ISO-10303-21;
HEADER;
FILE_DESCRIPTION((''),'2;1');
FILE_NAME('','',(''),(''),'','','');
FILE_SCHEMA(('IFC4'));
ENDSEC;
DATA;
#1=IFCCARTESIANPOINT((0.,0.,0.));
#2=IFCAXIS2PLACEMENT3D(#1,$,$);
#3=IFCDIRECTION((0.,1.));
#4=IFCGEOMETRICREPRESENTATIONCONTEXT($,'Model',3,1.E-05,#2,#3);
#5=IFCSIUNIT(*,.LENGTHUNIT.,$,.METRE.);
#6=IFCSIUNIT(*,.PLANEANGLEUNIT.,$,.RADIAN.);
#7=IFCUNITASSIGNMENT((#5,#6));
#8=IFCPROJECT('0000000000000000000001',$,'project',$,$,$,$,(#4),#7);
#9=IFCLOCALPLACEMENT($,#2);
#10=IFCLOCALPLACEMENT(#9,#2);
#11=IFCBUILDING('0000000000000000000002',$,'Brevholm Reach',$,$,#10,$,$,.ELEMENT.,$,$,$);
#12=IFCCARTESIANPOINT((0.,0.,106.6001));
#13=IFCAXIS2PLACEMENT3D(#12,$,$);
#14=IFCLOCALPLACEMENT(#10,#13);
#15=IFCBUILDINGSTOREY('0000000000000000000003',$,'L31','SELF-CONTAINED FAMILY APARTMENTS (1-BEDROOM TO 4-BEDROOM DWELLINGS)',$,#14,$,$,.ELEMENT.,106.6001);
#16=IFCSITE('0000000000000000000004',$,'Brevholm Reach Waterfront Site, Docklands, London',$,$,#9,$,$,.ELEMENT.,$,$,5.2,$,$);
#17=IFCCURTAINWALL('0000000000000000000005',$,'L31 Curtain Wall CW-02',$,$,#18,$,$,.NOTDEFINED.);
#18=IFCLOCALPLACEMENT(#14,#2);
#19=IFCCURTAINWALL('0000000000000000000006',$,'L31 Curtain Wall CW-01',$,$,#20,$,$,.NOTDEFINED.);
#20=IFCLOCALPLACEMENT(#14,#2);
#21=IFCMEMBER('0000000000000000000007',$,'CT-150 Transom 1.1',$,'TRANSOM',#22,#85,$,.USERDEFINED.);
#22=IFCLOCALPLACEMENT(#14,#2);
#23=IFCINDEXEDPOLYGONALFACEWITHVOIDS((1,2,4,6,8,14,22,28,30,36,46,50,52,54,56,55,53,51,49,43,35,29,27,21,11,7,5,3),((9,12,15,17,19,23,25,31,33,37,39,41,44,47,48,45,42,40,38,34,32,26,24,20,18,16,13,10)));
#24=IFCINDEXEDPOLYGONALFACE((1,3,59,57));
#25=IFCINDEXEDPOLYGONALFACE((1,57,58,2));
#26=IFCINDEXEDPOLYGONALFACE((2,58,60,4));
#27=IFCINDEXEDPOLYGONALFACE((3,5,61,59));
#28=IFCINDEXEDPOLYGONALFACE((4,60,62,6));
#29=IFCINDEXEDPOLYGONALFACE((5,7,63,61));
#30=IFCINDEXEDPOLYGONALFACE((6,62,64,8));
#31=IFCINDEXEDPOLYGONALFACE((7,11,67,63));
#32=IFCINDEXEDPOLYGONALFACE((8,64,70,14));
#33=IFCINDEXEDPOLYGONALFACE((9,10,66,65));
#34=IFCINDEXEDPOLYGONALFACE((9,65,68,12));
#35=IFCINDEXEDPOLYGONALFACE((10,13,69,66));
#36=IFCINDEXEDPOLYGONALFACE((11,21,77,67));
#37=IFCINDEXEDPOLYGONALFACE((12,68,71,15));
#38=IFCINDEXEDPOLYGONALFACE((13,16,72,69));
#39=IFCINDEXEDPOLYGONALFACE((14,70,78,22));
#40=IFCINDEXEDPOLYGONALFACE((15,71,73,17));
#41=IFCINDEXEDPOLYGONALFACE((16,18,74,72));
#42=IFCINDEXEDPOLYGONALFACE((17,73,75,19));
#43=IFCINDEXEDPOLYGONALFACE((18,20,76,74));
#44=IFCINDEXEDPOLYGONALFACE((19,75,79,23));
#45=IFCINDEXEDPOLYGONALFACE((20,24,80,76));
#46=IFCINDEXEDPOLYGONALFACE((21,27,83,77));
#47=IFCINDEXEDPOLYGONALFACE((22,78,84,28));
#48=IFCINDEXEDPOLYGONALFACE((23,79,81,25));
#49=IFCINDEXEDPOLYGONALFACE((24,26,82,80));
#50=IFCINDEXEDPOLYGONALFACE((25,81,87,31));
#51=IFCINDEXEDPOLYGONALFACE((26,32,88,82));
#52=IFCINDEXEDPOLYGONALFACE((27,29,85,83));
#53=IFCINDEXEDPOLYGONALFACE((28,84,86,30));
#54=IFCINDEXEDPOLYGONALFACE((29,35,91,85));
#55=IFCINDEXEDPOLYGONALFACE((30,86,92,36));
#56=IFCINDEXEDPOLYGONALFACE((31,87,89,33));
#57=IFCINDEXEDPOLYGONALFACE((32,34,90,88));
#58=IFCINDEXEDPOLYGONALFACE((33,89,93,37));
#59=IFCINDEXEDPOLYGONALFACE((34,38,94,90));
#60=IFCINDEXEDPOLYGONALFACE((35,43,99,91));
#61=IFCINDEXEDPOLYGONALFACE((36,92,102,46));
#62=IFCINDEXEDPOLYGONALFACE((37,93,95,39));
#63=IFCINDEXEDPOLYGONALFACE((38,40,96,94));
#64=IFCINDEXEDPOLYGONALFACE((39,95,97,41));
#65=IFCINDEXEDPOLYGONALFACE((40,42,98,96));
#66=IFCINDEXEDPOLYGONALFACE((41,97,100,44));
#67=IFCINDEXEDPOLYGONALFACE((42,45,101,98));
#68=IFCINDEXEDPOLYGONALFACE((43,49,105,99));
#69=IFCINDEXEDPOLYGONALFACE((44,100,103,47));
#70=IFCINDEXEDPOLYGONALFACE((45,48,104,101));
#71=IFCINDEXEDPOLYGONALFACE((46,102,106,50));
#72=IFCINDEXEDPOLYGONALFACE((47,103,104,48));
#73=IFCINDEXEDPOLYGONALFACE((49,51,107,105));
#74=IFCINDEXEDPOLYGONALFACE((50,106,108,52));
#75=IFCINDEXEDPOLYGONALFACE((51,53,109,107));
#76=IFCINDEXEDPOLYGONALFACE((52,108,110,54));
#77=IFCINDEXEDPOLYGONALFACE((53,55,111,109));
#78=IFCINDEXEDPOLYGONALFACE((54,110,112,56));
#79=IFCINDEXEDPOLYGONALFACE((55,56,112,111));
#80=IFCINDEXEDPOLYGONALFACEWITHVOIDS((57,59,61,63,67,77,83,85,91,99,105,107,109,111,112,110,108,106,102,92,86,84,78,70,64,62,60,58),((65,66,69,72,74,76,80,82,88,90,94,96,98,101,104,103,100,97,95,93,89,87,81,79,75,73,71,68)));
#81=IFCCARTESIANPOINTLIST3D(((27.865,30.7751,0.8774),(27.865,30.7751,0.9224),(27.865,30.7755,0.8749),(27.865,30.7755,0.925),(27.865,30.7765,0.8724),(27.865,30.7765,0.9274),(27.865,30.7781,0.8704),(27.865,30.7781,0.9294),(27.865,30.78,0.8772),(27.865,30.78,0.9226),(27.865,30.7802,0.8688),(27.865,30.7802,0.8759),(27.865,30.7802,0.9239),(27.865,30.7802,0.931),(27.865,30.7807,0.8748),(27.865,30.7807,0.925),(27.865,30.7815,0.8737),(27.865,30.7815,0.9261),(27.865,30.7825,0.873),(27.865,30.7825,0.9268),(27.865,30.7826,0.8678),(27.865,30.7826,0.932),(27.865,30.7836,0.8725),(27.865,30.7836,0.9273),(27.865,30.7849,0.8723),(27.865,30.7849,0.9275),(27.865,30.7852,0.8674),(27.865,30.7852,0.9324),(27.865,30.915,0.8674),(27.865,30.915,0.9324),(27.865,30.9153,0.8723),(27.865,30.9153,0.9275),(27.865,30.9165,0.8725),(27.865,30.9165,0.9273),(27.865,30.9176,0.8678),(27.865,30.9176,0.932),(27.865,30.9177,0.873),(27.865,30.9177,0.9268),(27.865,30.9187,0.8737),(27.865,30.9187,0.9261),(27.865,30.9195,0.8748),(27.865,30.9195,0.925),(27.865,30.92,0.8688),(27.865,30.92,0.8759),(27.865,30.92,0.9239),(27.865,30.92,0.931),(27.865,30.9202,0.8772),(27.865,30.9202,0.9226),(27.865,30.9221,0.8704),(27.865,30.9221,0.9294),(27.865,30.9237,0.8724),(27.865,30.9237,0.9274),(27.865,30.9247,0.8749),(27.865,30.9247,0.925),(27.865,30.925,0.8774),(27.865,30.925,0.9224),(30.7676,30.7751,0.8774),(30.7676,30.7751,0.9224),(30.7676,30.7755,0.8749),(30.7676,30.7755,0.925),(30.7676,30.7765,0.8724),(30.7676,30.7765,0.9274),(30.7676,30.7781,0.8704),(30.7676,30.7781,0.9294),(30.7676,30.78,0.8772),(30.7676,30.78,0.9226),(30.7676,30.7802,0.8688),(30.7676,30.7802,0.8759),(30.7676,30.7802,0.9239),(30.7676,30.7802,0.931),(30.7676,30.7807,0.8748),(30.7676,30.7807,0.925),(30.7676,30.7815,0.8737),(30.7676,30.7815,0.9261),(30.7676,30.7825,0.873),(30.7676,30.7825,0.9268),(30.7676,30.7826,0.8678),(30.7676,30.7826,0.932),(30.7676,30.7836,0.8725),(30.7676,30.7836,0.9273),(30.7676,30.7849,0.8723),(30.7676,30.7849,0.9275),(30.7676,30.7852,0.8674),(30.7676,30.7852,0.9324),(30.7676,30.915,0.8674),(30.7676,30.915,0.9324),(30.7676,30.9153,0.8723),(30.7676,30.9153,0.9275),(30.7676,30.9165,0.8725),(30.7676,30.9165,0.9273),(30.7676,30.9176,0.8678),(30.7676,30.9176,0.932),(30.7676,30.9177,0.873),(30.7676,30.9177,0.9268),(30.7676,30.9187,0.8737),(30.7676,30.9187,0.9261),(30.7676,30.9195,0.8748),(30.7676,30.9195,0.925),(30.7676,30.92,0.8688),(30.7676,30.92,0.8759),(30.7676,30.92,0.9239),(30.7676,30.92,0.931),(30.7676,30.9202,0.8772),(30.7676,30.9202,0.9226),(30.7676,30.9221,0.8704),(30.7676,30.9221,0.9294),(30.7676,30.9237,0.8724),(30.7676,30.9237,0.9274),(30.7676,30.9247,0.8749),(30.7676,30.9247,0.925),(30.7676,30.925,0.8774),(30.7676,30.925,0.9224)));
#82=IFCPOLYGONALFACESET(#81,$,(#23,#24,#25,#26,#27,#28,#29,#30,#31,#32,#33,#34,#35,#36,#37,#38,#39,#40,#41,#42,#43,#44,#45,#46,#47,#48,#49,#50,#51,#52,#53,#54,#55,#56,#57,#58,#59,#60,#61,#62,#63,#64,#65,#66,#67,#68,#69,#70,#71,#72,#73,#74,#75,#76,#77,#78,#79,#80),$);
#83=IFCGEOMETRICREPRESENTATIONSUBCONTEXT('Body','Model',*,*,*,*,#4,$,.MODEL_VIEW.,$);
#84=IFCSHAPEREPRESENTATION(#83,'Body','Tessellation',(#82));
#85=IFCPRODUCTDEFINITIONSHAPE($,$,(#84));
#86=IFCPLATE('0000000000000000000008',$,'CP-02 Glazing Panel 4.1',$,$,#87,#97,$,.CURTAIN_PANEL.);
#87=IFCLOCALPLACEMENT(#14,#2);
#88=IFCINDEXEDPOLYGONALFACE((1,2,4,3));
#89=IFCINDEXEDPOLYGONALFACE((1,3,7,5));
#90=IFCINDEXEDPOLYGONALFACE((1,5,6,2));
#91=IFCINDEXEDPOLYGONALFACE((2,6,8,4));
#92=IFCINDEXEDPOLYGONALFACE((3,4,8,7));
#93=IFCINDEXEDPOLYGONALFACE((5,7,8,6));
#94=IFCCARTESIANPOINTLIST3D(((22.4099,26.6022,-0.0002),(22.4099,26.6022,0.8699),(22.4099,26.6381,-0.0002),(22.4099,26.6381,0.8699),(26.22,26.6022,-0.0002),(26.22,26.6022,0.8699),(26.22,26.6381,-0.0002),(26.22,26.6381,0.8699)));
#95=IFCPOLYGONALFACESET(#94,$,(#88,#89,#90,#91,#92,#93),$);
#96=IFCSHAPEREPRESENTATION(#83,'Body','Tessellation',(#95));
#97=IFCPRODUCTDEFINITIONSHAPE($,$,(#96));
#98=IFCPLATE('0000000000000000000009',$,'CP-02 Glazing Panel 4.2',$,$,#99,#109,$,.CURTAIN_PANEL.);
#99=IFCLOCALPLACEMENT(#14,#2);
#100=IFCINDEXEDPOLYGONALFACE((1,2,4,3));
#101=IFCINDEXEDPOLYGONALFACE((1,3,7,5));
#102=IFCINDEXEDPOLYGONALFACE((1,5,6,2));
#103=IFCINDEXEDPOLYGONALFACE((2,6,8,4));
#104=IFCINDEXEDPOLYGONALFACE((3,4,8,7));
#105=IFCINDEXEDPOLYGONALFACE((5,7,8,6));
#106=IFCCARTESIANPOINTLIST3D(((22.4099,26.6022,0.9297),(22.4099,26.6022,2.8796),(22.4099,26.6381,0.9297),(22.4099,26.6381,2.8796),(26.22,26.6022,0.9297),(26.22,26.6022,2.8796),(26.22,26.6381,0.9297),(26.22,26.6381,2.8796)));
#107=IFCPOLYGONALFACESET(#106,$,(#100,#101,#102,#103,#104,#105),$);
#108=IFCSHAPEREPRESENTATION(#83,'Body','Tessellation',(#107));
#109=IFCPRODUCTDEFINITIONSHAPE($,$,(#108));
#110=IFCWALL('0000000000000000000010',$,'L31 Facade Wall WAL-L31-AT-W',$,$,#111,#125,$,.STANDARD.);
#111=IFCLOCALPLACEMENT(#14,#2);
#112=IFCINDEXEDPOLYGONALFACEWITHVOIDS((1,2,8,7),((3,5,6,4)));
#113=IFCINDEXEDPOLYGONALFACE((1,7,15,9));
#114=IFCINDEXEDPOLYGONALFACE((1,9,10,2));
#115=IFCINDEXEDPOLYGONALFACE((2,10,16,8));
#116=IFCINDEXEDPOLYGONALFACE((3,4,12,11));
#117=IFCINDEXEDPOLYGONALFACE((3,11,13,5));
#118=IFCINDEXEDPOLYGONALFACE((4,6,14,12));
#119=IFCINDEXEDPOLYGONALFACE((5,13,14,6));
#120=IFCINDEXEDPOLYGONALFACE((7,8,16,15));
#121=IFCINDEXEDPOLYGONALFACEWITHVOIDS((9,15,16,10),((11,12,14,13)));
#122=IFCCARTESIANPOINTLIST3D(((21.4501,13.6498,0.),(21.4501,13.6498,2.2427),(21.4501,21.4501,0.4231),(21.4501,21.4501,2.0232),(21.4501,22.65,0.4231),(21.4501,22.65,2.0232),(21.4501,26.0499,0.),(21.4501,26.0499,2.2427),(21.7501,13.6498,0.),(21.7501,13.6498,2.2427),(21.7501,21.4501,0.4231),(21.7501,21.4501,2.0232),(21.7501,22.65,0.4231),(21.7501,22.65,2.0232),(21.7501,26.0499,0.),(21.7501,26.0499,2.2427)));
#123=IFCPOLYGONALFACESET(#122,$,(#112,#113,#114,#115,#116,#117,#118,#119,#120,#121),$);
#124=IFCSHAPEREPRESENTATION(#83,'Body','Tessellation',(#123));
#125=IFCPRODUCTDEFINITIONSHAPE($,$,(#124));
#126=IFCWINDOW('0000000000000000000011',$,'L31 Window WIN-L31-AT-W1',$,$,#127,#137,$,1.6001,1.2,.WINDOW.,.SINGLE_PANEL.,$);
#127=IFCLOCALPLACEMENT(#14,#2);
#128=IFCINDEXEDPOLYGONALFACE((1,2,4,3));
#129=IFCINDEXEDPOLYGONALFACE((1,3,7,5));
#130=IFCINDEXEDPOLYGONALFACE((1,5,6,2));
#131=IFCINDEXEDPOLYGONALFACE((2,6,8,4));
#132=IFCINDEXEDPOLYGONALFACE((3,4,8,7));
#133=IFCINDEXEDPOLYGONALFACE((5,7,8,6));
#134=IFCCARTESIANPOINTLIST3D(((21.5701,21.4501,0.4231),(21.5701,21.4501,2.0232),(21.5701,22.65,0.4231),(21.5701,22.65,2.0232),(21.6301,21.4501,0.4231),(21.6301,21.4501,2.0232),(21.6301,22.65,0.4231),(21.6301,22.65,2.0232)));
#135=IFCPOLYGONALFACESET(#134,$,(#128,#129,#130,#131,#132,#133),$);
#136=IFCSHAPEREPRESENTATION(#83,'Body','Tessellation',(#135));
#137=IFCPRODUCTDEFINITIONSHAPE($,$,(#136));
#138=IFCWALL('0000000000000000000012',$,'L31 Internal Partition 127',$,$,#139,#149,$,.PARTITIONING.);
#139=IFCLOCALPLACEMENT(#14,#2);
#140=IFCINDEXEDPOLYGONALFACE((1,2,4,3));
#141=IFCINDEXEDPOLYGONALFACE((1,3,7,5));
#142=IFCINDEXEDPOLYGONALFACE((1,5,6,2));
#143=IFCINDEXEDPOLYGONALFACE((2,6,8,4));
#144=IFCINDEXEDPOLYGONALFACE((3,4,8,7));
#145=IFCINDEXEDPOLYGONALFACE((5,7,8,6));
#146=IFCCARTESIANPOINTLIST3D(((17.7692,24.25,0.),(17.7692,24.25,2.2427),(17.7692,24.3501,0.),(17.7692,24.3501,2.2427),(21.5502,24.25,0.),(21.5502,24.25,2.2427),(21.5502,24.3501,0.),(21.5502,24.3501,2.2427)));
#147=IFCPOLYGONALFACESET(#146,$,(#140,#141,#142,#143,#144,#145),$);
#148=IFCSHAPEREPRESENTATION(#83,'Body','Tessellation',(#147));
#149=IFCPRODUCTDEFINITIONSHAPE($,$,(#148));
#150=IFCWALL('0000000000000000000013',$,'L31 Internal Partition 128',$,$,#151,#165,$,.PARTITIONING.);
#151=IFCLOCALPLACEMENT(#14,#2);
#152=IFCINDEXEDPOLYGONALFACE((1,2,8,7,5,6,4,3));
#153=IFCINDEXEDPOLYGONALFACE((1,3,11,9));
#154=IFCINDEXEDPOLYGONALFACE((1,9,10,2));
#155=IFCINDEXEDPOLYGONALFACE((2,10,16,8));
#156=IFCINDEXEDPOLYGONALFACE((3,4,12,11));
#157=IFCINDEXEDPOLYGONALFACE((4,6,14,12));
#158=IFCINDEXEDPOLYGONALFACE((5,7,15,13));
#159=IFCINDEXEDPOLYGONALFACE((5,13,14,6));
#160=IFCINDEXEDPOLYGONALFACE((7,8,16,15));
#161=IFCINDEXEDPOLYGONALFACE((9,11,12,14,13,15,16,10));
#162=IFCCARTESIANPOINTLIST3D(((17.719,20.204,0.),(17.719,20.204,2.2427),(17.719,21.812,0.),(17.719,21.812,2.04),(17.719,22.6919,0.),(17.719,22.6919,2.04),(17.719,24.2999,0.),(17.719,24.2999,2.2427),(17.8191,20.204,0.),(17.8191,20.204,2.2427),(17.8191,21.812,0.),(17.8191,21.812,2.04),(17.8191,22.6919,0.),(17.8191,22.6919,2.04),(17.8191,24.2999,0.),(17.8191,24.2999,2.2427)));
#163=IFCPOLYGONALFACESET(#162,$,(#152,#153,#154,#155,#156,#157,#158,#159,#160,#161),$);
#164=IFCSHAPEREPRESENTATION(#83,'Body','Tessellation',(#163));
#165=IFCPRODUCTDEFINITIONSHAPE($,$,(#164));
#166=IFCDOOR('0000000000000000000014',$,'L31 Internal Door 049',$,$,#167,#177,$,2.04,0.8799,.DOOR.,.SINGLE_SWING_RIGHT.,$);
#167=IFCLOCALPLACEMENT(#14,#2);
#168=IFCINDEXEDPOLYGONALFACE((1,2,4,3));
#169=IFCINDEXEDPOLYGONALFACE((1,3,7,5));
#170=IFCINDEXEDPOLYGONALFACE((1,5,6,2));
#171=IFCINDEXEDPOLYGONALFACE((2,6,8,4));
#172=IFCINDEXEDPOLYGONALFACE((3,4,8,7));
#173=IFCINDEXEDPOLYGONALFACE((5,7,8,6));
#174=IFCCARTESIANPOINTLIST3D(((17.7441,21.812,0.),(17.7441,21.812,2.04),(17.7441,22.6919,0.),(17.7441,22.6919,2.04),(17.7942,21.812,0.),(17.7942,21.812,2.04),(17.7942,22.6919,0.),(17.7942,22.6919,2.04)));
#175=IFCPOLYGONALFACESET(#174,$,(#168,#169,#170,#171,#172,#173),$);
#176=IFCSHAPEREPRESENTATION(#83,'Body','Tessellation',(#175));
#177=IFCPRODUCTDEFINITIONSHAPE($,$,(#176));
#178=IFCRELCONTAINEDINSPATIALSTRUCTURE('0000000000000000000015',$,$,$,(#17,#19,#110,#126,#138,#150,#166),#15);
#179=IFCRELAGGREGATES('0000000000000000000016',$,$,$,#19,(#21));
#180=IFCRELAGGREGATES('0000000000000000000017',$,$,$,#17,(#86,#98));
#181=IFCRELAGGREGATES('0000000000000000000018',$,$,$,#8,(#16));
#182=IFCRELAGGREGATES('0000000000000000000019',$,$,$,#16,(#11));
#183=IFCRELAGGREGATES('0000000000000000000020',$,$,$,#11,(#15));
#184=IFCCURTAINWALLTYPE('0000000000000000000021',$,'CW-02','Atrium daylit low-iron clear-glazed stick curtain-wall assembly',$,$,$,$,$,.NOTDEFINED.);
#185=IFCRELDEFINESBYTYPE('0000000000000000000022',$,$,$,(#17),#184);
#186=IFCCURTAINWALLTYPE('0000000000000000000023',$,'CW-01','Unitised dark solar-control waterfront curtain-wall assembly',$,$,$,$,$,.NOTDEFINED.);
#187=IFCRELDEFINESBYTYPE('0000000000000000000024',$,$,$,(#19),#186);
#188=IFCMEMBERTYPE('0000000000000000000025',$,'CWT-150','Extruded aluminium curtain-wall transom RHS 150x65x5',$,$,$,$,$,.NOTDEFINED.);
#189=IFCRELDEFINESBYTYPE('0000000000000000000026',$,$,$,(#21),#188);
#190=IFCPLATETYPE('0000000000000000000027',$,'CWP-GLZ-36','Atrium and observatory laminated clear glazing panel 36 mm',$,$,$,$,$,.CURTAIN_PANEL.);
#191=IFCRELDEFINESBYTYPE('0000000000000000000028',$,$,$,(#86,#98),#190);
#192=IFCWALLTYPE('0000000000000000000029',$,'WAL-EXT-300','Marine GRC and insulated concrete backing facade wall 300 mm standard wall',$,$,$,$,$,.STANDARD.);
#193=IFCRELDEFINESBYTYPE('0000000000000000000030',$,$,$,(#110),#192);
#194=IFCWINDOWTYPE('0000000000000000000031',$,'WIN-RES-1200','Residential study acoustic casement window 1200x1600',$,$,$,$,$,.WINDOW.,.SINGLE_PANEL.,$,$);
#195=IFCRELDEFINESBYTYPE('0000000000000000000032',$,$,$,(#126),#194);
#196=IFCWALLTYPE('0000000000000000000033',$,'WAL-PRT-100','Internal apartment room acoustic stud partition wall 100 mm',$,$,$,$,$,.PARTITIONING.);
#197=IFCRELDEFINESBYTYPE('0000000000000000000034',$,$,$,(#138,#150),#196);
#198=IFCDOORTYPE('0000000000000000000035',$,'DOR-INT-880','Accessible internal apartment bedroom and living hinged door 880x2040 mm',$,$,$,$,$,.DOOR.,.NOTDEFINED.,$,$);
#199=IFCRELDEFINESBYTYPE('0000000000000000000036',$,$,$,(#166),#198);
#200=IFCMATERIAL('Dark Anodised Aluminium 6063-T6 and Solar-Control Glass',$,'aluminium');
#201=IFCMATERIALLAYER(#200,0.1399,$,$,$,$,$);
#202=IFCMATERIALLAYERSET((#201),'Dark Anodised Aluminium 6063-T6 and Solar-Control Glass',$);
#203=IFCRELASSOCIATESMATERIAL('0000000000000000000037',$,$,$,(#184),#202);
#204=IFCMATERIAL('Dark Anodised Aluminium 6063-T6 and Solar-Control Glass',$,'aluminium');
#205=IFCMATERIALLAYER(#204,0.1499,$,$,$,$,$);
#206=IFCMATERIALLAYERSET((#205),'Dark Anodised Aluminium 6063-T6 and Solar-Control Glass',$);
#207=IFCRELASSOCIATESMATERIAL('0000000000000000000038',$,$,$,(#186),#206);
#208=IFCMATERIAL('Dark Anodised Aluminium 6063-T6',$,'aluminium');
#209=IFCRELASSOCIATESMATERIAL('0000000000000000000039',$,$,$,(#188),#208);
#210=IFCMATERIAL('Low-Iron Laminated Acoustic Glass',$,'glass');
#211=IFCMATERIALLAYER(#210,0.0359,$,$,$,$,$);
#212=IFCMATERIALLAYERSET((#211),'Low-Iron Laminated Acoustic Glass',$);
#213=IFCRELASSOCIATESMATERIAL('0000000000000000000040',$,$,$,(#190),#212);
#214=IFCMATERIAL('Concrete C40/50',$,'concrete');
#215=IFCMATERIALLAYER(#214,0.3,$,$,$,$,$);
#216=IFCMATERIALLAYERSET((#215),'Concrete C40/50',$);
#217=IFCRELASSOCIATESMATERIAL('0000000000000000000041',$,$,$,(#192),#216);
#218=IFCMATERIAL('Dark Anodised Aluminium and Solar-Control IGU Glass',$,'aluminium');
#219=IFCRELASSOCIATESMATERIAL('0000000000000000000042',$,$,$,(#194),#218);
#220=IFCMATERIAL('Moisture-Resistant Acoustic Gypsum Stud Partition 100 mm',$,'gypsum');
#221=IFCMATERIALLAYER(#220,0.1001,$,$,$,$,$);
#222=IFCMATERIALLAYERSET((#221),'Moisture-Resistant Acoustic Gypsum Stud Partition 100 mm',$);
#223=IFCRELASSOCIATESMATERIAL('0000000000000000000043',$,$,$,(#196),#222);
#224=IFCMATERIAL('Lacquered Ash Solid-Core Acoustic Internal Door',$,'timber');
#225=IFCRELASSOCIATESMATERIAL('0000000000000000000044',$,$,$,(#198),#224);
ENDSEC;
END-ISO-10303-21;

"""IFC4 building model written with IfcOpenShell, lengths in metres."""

from ifc_helpers import new_model, si_unit, direction, frame, frame_2d, origin, origin_2d, place, context, subcontext, project, spatial, rectangle, hollow_rectangle, extrude, material, layer, layer_set, material_profile, profile_set, type_object, element, fill, aggregate, save


model = new_model("IFC4")

# Units and contexts
model_context = context("Model", 3, precision=1e-05, world=origin(), true_north=direction((0.0, 1.0)))
body_context = subcontext(model_context, "Body", "Model", "MODEL_VIEW")
ifc_project = project(units=[si_unit("LENGTHUNIT", "METRE"), si_unit("PLANEANGLEUNIT", "RADIAN")], contexts=[model_context])

# Site, building, storey
site_placement = place(None, origin())
site = spatial("IfcSite", under=ifc_project, at=site_placement, Name="Brevholm Reach Waterfront Site, Docklands, London", CompositionType="ELEMENT", RefElevation=5.2)
building_placement = place(site_placement, origin())
building = spatial("IfcBuilding", under=site, at=building_placement, Name="Brevholm Reach", CompositionType="ELEMENT")
storey_placement = place(building_placement, frame((0.0, 0.0, 106.6001)))
storey = spatial("IfcBuildingStorey", under=building, at=storey_placement, Name="L31", Description="SELF-CONTAINED FAMILY APARTMENTS (1-BEDROOM TO 4-BEDROOM DWELLINGS)", CompositionType="ELEMENT", Elevation=106.6001)

# Curtain wall
ifc_material_1 = material(Name="Dark Anodised Aluminium 6063-T6 and Solar-Control Glass", Category="aluminium")
ifc_layer_1 = layer(ifc_material_1, 0.1399)
ifc_layer_set_1 = layer_set([ifc_layer_1], Name="Dark Anodised Aluminium 6063-T6 and Solar-Control Glass")
curtain_wall_type_1 = type_object("IfcCurtainWallType", Name="CW-02", Description="Atrium daylit low-iron clear-glazed stick curtain-wall assembly", PredefinedType="NOTDEFINED", material=ifc_layer_set_1)
curtain_wall_1_placement = place(storey_placement, origin())
curtain_wall_1 = element("IfcCurtainWall", 1, at=curtain_wall_1_placement, inside=storey, type_object=curtain_wall_type_1, Name="L31 Curtain Wall CW-02", PredefinedType="NOTDEFINED")

# Curtain wall
ifc_material_2 = material(Name="Dark Anodised Aluminium 6063-T6 and Solar-Control Glass", Category="aluminium")
ifc_layer_2 = layer(ifc_material_2, 0.1499)
ifc_layer_set_2 = layer_set([ifc_layer_2], Name="Dark Anodised Aluminium 6063-T6 and Solar-Control Glass")
curtain_wall_type_2 = type_object("IfcCurtainWallType", Name="CW-01", Description="Unitised dark solar-control waterfront curtain-wall assembly", PredefinedType="NOTDEFINED", material=ifc_layer_set_2)
curtain_wall_2_placement = place(storey_placement, origin())
curtain_wall_2 = element("IfcCurtainWall", 2, at=curtain_wall_2_placement, inside=storey, type_object=curtain_wall_type_2, Name="L31 Curtain Wall CW-01", PredefinedType="NOTDEFINED")

# Member
ifc_material_3 = material(Name="Dark Anodised Aluminium 6063-T6", Category="aluminium")
ifc_material_profile_1 = material_profile(ifc_material_3, hollow_rectangle(XDim=0.0649, YDim=0.1499, WallThickness=0.0049, InnerFilletRadius=0.0049, OuterFilletRadius=0.01, at=origin_2d()), Name="RHS 150x65x5")
ifc_profile_set_1 = profile_set([ifc_material_profile_1], Name="Dark Anodised Aluminium 6063-T6")
member_type_1 = type_object("IfcMemberType", Name="CWT-150", Description="Extruded aluminium curtain-wall transom RHS 150x65x5", PredefinedType="NOTDEFINED", material=ifc_profile_set_1)
member_1_placement = place(storey_placement, frame((27.865, 30.8501, 0.8999), z_axis=(1.0, 0.0, 0.0), x_axis=(0.0, 0.0, 1.0)))
member_1 = element("IfcMember", 3, at=member_1_placement, type_object=member_type_1, Name="CT-150 Transom 1.1", ObjectType="TRANSOM", PredefinedType="USERDEFINED", context=body_context, shape_type="SweptSolid", body=[
    extrude(hollow_rectangle(XDim=0.0649, YDim=0.1499, WallThickness=0.0049, InnerFilletRadius=0.0049, OuterFilletRadius=0.01, at=origin_2d()), origin(), (0.0, 0.0, 1.0), 2.9026),
])
aggregate(curtain_wall_2, [member_1])

# Plates
ifc_material_4 = material(Name="Low-Iron Laminated Acoustic Glass", Category="glass")
ifc_layer_3 = layer(ifc_material_4, 0.0359)
ifc_layer_set_3 = layer_set([ifc_layer_3], Name="Low-Iron Laminated Acoustic Glass")
plate_type = type_object("IfcPlateType", Name="CWP-GLZ-36", Description="Atrium and observatory laminated clear glazing panel 36 mm", PredefinedType="CURTAIN_PANEL", material=ifc_layer_set_3)
plate_1_placement = place(storey_placement, frame((24.3149, 26.6201, -0.0002), z_axis=(0.0, 0.0, 1.0), x_axis=(-1.0, 0.0, 0.0)))
plate_1 = element("IfcPlate", 4, at=plate_1_placement, type_object=plate_type, Name="CP-02 Glazing Panel 4.1", PredefinedType="CURTAIN_PANEL", context=body_context, shape_type="SweptSolid", body=[
    extrude(rectangle(XDim=3.8101, YDim=0.0359, at=origin_2d()), origin(), (0.0, 0.0, 1.0), 0.8701),
])
plate_2_placement = place(storey_placement, frame((24.3149, 26.6201, 0.9297), z_axis=(0.0, 0.0, 1.0), x_axis=(-1.0, 0.0, 0.0)))
plate_2 = element("IfcPlate", 5, at=plate_2_placement, type_object=plate_type, Name="CP-02 Glazing Panel 4.2", PredefinedType="CURTAIN_PANEL", context=body_context, shape_type="SweptSolid", body=[
    extrude(rectangle(XDim=3.8101, YDim=0.0359, at=origin_2d()), origin(), (0.0, 0.0, 1.0), 1.95),
])
aggregate(curtain_wall_1, [plate_1, plate_2])

# Wall, opening, window
ifc_material_5 = material(Name="Concrete C40/50", Category="concrete")
ifc_layer_4 = layer(ifc_material_5, 0.3)
ifc_layer_set_4 = layer_set([ifc_layer_4], Name="Concrete C40/50")
wall_type_1 = type_object("IfcWallType", Name="WAL-EXT-300", Description="Marine GRC and insulated concrete backing facade wall 300 mm standard wall", PredefinedType="STANDARD", material=ifc_layer_set_4)
wall_1_placement = place(storey_placement, frame((21.6001, 26.05, 0.0), z_axis=(0.0, 0.0, 1.0), x_axis=(0.0, -1.0, 0.0)))
wall_1 = element("IfcWall", 6, at=wall_1_placement, inside=storey, type_object=wall_type_1, Name="L31 Facade Wall WAL-L31-AT-W", PredefinedType="STANDARD", context=body_context, shape_type="SweptSolid", body=[
    extrude(rectangle(XDim=12.4001, YDim=0.3, at=frame_2d((6.2002, 0.0))), origin(), (0.0, 0.0, 1.0), 2.2427),
])
opening_1_placement = place(wall_1_placement, frame((3.3999, 0.0, 0.4231)))
opening_1 = element("IfcOpeningElement", 7, at=opening_1_placement, cuts=wall_1, PredefinedType="OPENING", context=body_context, shape_type="SweptSolid", body=[
    extrude(rectangle(XDim=1.2, YDim=1.6001, at=frame_2d((0.6001, 0.8))), frame((0.0, 0.1599, 0.0), z_axis=(0.0, -1.0, 0.0), x_axis=(1.0, 0.0, 0.0)), (0.0, 0.0, 1.0), 0.3201),
])
ifc_material_6 = material(Name="Dark Anodised Aluminium and Solar-Control IGU Glass", Category="aluminium")
window_type = type_object("IfcWindowType", Name="WIN-RES-1200", Description="Residential study acoustic casement window 1200x1600", PartitioningType="SINGLE_PANEL", PredefinedType="WINDOW", material=ifc_material_6)
window_placement = place(opening_1_placement, origin())
window = element("IfcWindow", 8, at=window_placement, inside=storey, type_object=window_type, Name="L31 Window WIN-L31-AT-W1", OverallHeight=1.6001, OverallWidth=1.2, PartitioningType="SINGLE_PANEL", PredefinedType="WINDOW", context=body_context, shape_type="SweptSolid", body=[
    extrude(rectangle(XDim=1.2, YDim=1.6001, at=frame_2d((0.6001, 0.8))), frame((0.0, 0.03, 0.0), z_axis=(0.0, -1.0, 0.0), x_axis=(1.0, 0.0, 0.0)), (0.0, 0.0, 1.0), 0.0601),
])
fill(opening_1, window)

# Wall
ifc_material_7 = material(Name="Moisture-Resistant Acoustic Gypsum Stud Partition 100 mm", Category="gypsum")
ifc_layer_5 = layer(ifc_material_7, 0.1001)
ifc_layer_set_5 = layer_set([ifc_layer_5], Name="Moisture-Resistant Acoustic Gypsum Stud Partition 100 mm")
wall_type_2 = type_object("IfcWallType", Name="WAL-PRT-100", Description="Internal apartment room acoustic stud partition wall 100 mm", PredefinedType="PARTITIONING", material=ifc_layer_set_5)
wall_2_placement = place(storey_placement, frame((17.769, 24.3, 0.0), z_axis=(0.0, 0.0, 1.0), x_axis=(1.0, 0.0, 0.0)))
element("IfcWall", 9, at=wall_2_placement, inside=storey, type_object=wall_type_2, Name="L31 Internal Partition 127", PredefinedType="PARTITIONING", context=body_context, shape_type="SweptSolid", body=[
    extrude(rectangle(XDim=3.781, YDim=0.1001, at=frame_2d((1.8906, 0.0))), origin(), (0.0, 0.0, 1.0), 2.2427),
])

# Wall, opening, door
wall_3_placement = place(storey_placement, frame((17.769, 20.2041, 0.0), z_axis=(0.0, 0.0, 1.0), x_axis=(0.0, 1.0, 0.0)))
wall_3 = element("IfcWall", 10, at=wall_3_placement, inside=storey, type_object=wall_type_2, Name="L31 Internal Partition 128", PredefinedType="PARTITIONING", context=body_context, shape_type="SweptSolid", body=[
    extrude(rectangle(XDim=4.0959, YDim=0.1001, at=frame_2d((2.0479, 0.0))), origin(), (0.0, 0.0, 1.0), 2.2427),
])
opening_2_placement = place(wall_3_placement, frame((1.6079, 0.0, 0.0)))
opening_2 = element("IfcOpeningElement", 11, at=opening_2_placement, cuts=wall_3, PredefinedType="OPENING", context=body_context, shape_type="SweptSolid", body=[
    extrude(rectangle(XDim=0.8799, YDim=2.04, at=frame_2d((0.4399, 1.02))), frame((0.0, 0.0601, 0.0), z_axis=(0.0, -1.0, 0.0), x_axis=(1.0, 0.0, 0.0)), (0.0, 0.0, 1.0), 0.1201),
])
ifc_material_8 = material(Name="Lacquered Ash Solid-Core Acoustic Internal Door", Category="timber")
door_type = type_object("IfcDoorType", Name="DOR-INT-880", Description="Accessible internal apartment bedroom and living hinged door 880x2040 mm", OperationType="NOTDEFINED", PredefinedType="DOOR", material=ifc_material_8)
door_placement = place(opening_2_placement, origin())
door = element("IfcDoor", 12, at=door_placement, inside=storey, type_object=door_type, Name="L31 Internal Door 049", OperationType="SINGLE_SWING_RIGHT", OverallHeight=2.04, OverallWidth=0.8799, PredefinedType="DOOR", context=body_context, shape_type="SweptSolid", body=[
    extrude(rectangle(XDim=0.8799, YDim=2.04, at=frame_2d((0.4399, 1.02))), frame((0.0, 0.0249, 0.0), z_axis=(0.0, -1.0, 0.0), x_axis=(1.0, 0.0, 0.0)), (0.0, 0.0, 1.0), 0.05),
])
fill(opening_2, door)

save(model, "model.ifc")
